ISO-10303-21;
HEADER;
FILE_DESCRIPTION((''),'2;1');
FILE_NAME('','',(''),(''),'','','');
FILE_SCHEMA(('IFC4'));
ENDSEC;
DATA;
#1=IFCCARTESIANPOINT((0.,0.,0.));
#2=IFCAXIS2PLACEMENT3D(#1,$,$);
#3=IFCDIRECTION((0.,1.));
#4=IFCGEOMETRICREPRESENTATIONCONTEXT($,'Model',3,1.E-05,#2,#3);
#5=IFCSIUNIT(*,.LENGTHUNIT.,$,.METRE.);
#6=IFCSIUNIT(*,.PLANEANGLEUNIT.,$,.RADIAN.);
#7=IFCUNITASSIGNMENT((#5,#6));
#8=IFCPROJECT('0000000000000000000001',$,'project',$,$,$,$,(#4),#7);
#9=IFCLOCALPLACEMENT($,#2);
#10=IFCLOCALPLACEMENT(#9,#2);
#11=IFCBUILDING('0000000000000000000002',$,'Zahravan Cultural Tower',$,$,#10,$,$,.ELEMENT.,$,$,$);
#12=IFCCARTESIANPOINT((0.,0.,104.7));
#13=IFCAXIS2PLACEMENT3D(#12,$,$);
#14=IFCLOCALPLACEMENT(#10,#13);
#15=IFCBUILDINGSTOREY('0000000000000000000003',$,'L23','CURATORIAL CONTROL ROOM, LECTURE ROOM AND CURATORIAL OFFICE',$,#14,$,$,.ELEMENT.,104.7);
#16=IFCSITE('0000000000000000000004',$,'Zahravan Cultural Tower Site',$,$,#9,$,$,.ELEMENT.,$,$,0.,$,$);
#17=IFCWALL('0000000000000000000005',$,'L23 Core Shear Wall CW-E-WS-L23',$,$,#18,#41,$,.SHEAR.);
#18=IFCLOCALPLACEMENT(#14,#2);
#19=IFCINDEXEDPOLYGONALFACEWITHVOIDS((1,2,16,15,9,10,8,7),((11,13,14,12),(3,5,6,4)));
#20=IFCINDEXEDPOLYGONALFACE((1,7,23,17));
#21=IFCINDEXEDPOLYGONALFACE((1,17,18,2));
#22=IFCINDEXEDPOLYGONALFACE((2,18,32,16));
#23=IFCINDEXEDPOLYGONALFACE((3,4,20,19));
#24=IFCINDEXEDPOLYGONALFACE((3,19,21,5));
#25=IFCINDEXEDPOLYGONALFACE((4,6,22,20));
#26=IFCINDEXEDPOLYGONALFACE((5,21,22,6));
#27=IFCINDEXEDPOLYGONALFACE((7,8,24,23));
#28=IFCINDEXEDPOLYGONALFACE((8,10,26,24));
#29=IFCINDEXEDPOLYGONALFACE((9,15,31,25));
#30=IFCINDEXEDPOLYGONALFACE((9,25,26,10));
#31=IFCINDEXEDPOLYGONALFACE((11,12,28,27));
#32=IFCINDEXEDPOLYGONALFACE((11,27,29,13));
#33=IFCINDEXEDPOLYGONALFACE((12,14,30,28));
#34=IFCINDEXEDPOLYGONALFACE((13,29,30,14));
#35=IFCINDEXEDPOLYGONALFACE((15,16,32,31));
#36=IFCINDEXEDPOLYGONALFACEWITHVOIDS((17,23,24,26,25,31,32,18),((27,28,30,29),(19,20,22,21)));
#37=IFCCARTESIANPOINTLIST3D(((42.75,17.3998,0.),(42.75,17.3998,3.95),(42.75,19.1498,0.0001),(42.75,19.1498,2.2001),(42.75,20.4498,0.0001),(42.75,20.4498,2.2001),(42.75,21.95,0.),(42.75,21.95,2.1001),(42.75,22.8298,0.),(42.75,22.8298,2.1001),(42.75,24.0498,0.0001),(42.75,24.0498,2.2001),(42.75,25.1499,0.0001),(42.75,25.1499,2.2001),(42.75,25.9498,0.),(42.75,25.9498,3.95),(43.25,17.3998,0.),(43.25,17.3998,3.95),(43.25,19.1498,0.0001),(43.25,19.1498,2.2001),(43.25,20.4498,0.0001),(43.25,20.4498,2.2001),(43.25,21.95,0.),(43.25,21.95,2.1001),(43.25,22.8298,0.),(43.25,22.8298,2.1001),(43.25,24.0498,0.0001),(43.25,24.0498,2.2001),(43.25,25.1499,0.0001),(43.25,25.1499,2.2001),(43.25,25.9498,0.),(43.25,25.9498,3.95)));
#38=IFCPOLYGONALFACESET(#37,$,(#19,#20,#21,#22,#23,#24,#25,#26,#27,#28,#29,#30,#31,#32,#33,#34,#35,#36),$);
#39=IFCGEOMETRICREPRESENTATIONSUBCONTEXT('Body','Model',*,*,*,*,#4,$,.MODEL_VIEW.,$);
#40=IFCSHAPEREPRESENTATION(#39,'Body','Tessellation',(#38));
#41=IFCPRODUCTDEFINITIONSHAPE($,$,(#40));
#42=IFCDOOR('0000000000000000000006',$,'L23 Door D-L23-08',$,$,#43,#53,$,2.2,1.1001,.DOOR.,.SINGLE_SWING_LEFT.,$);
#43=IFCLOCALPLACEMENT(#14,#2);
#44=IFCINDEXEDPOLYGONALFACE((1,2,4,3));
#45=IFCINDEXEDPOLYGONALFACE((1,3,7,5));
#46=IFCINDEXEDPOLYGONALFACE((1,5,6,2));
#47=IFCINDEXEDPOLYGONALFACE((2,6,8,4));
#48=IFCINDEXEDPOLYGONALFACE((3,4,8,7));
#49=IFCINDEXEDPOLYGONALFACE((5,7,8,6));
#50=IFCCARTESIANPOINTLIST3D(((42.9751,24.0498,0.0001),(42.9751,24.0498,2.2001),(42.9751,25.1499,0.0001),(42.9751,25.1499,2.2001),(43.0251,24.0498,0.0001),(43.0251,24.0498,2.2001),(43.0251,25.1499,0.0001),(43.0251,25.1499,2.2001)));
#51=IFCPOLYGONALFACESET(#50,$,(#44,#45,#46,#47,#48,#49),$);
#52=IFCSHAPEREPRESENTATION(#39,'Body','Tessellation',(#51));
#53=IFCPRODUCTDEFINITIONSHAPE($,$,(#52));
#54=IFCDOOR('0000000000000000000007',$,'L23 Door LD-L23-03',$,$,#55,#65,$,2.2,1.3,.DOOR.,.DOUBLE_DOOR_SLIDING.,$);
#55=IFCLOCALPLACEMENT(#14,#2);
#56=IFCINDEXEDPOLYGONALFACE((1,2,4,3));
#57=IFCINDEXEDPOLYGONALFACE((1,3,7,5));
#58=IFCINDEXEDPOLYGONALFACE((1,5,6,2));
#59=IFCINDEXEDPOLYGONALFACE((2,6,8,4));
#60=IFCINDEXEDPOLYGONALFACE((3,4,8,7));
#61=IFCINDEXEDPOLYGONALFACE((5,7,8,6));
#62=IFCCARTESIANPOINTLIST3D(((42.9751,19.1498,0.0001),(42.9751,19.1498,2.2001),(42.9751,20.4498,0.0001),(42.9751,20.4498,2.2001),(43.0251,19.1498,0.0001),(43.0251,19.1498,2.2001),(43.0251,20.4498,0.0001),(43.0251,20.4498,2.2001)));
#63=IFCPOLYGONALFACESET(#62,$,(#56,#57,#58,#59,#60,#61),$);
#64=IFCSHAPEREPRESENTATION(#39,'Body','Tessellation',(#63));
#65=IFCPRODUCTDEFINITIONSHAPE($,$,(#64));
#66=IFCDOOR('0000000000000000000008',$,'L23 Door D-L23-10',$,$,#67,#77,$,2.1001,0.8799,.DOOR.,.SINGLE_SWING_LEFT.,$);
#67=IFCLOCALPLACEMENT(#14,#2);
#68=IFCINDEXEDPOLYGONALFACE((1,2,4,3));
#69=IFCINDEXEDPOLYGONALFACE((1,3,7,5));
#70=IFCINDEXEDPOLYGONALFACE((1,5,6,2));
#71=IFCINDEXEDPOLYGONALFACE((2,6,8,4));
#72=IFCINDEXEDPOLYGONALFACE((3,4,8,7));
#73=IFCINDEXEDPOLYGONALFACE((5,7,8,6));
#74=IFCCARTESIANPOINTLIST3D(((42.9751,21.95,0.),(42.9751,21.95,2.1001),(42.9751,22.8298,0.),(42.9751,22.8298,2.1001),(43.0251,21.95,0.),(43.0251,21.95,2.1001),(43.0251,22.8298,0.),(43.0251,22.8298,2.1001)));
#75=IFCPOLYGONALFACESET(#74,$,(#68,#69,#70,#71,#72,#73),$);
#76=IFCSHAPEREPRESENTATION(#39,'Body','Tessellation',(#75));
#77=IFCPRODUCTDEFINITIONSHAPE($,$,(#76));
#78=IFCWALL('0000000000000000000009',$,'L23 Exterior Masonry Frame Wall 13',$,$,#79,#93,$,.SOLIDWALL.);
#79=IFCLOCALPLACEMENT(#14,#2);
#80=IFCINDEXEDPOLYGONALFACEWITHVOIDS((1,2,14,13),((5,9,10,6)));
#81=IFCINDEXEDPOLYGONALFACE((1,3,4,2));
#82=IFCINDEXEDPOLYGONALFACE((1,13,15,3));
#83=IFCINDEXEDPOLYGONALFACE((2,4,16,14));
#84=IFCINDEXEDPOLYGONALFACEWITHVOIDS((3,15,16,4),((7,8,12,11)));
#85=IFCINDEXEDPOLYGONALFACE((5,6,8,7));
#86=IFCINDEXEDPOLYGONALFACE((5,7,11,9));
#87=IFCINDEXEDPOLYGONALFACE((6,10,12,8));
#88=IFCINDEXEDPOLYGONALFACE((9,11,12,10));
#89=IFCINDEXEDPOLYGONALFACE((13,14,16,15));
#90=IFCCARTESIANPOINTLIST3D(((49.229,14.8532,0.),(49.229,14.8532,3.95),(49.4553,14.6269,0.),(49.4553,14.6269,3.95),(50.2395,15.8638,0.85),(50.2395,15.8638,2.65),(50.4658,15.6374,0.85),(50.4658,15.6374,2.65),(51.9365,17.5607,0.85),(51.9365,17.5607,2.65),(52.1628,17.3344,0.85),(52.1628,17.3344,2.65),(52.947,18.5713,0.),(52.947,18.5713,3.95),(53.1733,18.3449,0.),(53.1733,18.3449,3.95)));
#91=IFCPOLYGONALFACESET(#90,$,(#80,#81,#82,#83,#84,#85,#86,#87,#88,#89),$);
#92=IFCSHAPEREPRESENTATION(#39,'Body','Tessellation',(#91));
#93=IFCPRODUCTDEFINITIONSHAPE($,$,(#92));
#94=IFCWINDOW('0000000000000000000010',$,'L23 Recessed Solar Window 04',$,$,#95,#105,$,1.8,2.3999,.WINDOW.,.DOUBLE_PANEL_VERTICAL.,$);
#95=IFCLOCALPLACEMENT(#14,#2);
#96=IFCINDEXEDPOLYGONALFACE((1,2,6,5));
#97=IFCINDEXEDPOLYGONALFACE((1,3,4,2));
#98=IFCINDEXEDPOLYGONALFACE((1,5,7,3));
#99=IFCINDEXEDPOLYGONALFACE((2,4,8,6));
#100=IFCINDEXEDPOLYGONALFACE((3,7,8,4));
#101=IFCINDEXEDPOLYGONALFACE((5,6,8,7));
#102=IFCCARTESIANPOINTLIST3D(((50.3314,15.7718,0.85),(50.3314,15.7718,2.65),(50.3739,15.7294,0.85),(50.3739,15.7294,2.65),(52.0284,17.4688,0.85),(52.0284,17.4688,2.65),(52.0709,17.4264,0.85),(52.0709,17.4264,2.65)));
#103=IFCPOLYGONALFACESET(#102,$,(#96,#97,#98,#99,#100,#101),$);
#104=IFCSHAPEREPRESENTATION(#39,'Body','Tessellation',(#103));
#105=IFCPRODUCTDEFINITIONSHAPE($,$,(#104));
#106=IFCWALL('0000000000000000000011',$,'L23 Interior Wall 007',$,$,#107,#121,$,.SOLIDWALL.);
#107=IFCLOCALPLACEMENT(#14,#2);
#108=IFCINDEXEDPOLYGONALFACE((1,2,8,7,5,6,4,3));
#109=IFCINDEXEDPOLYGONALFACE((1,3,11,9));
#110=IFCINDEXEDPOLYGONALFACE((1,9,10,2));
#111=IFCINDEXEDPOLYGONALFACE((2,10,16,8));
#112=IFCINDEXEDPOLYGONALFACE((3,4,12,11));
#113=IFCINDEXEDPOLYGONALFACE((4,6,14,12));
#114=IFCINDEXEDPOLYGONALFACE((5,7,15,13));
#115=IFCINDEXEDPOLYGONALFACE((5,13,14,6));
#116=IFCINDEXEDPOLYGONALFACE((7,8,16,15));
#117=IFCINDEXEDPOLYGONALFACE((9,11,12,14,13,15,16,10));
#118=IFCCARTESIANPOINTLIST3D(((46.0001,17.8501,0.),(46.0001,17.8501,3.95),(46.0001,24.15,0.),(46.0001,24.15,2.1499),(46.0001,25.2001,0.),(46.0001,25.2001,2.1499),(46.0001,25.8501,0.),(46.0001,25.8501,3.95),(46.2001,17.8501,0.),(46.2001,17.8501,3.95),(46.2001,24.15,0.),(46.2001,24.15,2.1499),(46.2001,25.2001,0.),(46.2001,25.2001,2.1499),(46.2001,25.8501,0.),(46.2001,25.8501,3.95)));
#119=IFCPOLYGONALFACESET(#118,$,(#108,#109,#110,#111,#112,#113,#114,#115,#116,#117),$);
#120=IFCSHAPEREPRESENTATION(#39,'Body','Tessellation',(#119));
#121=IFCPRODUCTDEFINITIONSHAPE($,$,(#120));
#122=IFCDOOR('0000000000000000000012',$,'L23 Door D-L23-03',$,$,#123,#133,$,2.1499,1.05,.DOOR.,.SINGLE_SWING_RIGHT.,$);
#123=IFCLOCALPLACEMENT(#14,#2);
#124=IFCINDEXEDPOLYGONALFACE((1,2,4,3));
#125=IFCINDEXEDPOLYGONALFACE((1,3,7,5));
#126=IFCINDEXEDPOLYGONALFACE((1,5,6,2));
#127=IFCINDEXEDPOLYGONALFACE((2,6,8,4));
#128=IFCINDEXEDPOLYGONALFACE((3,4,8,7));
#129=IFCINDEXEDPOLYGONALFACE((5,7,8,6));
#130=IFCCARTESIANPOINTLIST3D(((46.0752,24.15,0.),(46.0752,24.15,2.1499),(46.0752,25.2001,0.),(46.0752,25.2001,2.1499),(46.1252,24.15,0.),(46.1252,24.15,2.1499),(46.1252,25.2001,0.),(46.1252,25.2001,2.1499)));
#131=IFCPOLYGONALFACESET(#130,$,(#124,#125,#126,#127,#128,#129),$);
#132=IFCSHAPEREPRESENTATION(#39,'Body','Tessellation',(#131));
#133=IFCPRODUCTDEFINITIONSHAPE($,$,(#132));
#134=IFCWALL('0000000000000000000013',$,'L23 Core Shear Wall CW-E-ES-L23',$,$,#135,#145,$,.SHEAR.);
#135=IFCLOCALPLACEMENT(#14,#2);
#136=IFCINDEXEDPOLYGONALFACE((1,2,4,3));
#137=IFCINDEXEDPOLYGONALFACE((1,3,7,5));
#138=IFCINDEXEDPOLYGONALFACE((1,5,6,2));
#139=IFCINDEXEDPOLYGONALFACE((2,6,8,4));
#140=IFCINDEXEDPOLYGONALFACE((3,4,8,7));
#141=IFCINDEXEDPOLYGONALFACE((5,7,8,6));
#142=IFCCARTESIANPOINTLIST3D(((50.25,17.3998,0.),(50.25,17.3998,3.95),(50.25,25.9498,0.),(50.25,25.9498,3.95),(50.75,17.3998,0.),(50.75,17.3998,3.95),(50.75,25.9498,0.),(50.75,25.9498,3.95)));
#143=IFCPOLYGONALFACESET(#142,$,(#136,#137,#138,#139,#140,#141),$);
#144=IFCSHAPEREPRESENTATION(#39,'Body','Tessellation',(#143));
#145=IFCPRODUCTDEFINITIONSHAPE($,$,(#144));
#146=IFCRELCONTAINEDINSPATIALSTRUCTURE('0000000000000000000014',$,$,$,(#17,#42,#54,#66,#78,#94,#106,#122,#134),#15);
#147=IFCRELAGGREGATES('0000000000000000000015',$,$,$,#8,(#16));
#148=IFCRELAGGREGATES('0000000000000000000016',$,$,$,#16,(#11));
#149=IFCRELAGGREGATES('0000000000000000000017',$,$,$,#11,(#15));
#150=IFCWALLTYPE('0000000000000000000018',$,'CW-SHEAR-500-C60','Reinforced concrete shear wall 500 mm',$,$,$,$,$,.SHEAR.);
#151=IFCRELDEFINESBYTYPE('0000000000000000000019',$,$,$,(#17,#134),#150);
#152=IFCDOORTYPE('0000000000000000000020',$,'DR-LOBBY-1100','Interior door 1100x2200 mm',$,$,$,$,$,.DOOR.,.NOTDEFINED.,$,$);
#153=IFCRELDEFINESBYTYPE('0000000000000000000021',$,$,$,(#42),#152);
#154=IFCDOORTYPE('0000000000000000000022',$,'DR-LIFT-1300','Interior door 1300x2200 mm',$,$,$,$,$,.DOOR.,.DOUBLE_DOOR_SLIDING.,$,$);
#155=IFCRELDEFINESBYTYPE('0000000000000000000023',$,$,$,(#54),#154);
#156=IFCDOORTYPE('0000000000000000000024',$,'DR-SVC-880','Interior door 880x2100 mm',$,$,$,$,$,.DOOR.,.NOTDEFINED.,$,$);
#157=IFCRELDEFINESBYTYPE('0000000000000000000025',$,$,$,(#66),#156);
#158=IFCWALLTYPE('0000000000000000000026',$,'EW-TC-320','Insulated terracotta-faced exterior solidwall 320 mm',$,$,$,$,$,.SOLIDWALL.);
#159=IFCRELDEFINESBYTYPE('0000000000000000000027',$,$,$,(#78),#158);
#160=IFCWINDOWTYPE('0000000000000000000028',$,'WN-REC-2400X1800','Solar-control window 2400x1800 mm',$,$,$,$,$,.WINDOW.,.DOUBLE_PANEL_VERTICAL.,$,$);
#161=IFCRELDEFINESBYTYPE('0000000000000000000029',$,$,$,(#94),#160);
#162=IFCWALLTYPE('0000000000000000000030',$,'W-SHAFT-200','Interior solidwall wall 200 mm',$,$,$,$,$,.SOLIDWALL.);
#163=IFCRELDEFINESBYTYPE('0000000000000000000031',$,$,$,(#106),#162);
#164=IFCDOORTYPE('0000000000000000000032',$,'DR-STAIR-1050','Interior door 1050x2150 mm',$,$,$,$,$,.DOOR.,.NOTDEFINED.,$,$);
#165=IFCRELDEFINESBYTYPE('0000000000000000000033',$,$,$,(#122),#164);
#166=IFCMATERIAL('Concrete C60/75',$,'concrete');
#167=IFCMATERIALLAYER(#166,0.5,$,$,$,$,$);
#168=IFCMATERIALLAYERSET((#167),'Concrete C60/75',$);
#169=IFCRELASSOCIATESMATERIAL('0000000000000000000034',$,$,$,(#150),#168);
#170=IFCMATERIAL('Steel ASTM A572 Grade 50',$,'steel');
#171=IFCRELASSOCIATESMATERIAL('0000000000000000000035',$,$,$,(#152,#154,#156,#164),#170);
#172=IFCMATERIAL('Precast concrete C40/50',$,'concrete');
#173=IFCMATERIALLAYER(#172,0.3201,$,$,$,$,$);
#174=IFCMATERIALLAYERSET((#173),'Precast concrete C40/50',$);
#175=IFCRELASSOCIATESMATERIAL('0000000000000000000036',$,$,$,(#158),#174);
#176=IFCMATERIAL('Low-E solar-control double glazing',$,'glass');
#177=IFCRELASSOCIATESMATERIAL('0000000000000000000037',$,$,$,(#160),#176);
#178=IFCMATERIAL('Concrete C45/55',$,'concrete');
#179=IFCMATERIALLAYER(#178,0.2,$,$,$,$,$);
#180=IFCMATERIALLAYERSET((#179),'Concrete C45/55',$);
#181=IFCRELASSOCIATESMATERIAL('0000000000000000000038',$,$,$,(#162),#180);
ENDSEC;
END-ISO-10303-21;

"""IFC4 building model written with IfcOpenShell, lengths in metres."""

from ifc_helpers import new_model, si_unit, direction, frame, frame_2d, origin, place, context, subcontext, project, spatial, rectangle, extrude, source, transform, mapped, material, layer, layer_set, type_object, element, fill, save


model = new_model("IFC4")

# Units and contexts
model_context = context("Model", 3, precision=1e-05, world=origin(), true_north=direction((0.0, 1.0)))
body_context = subcontext(model_context, "Body", "Model", "MODEL_VIEW")
ifc_project = project(units=[si_unit("LENGTHUNIT", "METRE"), si_unit("PLANEANGLEUNIT", "RADIAN")], contexts=[model_context])

# Site, building, storey
site_placement = place(None, origin())
site = spatial("IfcSite", under=ifc_project, at=site_placement, Name="Zahravan Cultural Tower Site", CompositionType="ELEMENT", RefElevation=0.0)
building_placement = place(site_placement, origin())
building = spatial("IfcBuilding", under=site, at=building_placement, Name="Zahravan Cultural Tower", CompositionType="ELEMENT")
storey_placement = place(building_placement, frame((0.0, 0.0, 104.7)))
storey = spatial("IfcBuildingStorey", under=building, at=storey_placement, Name="L23", Description="CURATORIAL CONTROL ROOM, LECTURE ROOM AND CURATORIAL OFFICE", CompositionType="ELEMENT", Elevation=104.7)

# Shared definitions
ifc_material_1 = material(Name="Concrete C60/75", Category="concrete")

# Wall, openings, doors
ifc_layer_1 = layer(ifc_material_1, 0.5)
ifc_layer_set_1 = layer_set([ifc_layer_1], Name="Concrete C60/75")
wall_type_1 = type_object("IfcWallType", Name="CW-SHEAR-500-C60", Description="Reinforced concrete shear wall 500 mm", PredefinedType="SHEAR", material=ifc_layer_set_1)
wall_1_placement = place(storey_placement, frame((43.0, 17.3999, 0.0), z_axis=(0.0, 0.0, 1.0), x_axis=(0.0, 1.0, 0.0)))
wall_1 = element("IfcWall", 1, at=wall_1_placement, inside=storey, type_object=wall_type_1, Name="L23 Core Shear Wall CW-E-WS-L23", PredefinedType="SHEAR", context=body_context, shape_type="SweptSolid", body=[
    extrude(rectangle(XDim=8.55, YDim=0.5, at=frame_2d((4.2749, 0.0))), origin(), (0.0, 0.0, 1.0), 3.95),
])
opening_1_placement = place(wall_1_placement, frame((6.6499, 0.0, 0.0)))
opening_1 = element("IfcOpeningElement", 2, at=opening_1_placement, cuts=wall_1, PredefinedType="OPENING", context=body_context, shape_type="SweptSolid", body=[
    extrude(rectangle(XDim=1.1001, YDim=2.2, at=frame_2d((0.55, 1.1001))), frame((0.0, 0.26, 0.0), z_axis=(0.0, -1.0, 0.0), x_axis=(1.0, 0.0, 0.0)), (0.0, 0.0, 1.0), 0.52),
])
opening_2_placement = place(wall_1_placement, frame((1.75, 0.0, 0.0)))
opening_2 = element("IfcOpeningElement", 3, at=opening_2_placement, cuts=wall_1, PredefinedType="OPENING", context=body_context, shape_type="SweptSolid", body=[
    extrude(rectangle(XDim=1.3, YDim=2.2, at=frame_2d((0.6499, 1.1001))), frame((0.0, 0.26, 0.0), z_axis=(0.0, -1.0, 0.0), x_axis=(1.0, 0.0, 0.0)), (0.0, 0.0, 1.0), 0.52),
])
opening_3_placement = place(wall_1_placement, frame((4.55, 0.0, 0.0)))
opening_3 = element("IfcOpeningElement", 4, at=opening_3_placement, cuts=wall_1, PredefinedType="OPENING", context=body_context, shape_type="SweptSolid", body=[
    extrude(rectangle(XDim=0.8799, YDim=2.1001, at=frame_2d((0.4399, 1.05))), frame((0.0, 0.26, 0.0), z_axis=(0.0, -1.0, 0.0), x_axis=(1.0, 0.0, 0.0)), (0.0, 0.0, 1.0), 0.52),
])
ifc_material_2 = material(Name="Steel ASTM A572 Grade 50", Category="steel")
door_type_1 = type_object("IfcDoorType", Name="DR-LOBBY-1100", Description="Interior door 1100x2200 mm", OperationType="NOTDEFINED", PredefinedType="DOOR", material=ifc_material_2)
shared_shape_1 = source(origin(), body_context, "Body", "SweptSolid", [
    extrude(rectangle(XDim=1.1001, YDim=2.2, at=frame_2d((0.55, 1.1001))), frame((0.0, 0.0249, 0.0), z_axis=(0.0, -1.0, 0.0), x_axis=(1.0, 0.0, 0.0)), (0.0, 0.0, 1.0), 0.05),
])
door_1_placement = place(opening_1_placement, origin())
door_1 = element("IfcDoor", 5, at=door_1_placement, inside=storey, type_object=door_type_1, Name="L23 Door D-L23-08", OperationType="SINGLE_SWING_LEFT", OverallHeight=2.2, OverallWidth=1.1001, PredefinedType="DOOR", context=body_context, shape_type="MappedRepresentation", body=[
    mapped(shared_shape_1, transform((0.0, 0.0, 0.0), x_axis=(1.0, 0.0, 0.0), y_axis=(0.0, 1.0, 0.0), z_axis=(0.0, 0.0, 1.0), scale=1.0)),
])
fill(opening_1, door_1)
door_type_2 = type_object("IfcDoorType", Name="DR-LIFT-1300", Description="Interior door 1300x2200 mm", OperationType="DOUBLE_DOOR_SLIDING", PredefinedType="DOOR", material=ifc_material_2)
shared_shape_2 = source(origin(), body_context, "Body", "SweptSolid", [
    extrude(rectangle(XDim=1.3, YDim=2.2, at=frame_2d((0.6499, 1.1001))), frame((0.0, 0.0249, 0.0), z_axis=(0.0, -1.0, 0.0), x_axis=(1.0, 0.0, 0.0)), (0.0, 0.0, 1.0), 0.05),
])
door_2_placement = place(opening_2_placement, origin())
door_2 = element("IfcDoor", 6, at=door_2_placement, inside=storey, type_object=door_type_2, Name="L23 Door LD-L23-03", OperationType="DOUBLE_DOOR_SLIDING", OverallHeight=2.2, OverallWidth=1.3, PredefinedType="DOOR", context=body_context, shape_type="MappedRepresentation", body=[
    mapped(shared_shape_2, transform((0.0, 0.0, 0.0), x_axis=(1.0, 0.0, 0.0), y_axis=(0.0, 1.0, 0.0), z_axis=(0.0, 0.0, 1.0), scale=1.0)),
])
fill(opening_2, door_2)
door_type_3 = type_object("IfcDoorType", Name="DR-SVC-880", Description="Interior door 880x2100 mm", OperationType="NOTDEFINED", PredefinedType="DOOR", material=ifc_material_2)
shared_shape_3 = source(origin(), body_context, "Body", "SweptSolid", [
    extrude(rectangle(XDim=0.8799, YDim=2.1001, at=frame_2d((0.4399, 1.05))), frame((0.0, 0.0249, 0.0), z_axis=(0.0, -1.0, 0.0), x_axis=(1.0, 0.0, 0.0)), (0.0, 0.0, 1.0), 0.05),
])
door_3_placement = place(opening_3_placement, origin())
door_3 = element("IfcDoor", 7, at=door_3_placement, inside=storey, type_object=door_type_3, Name="L23 Door D-L23-10", OperationType="SINGLE_SWING_LEFT", OverallHeight=2.1001, OverallWidth=0.8799, PredefinedType="DOOR", context=body_context, shape_type="MappedRepresentation", body=[
    mapped(shared_shape_3, transform((0.0, 0.0, 0.0), x_axis=(1.0, 0.0, 0.0), y_axis=(0.0, 1.0, 0.0), z_axis=(0.0, 0.0, 1.0), scale=1.0)),
])
fill(opening_3, door_3)

# Wall, opening, window
ifc_material_3 = material(Name="Precast concrete C40/50", Category="concrete")
ifc_layer_2 = layer(ifc_material_3, 0.3201)
ifc_layer_set_2 = layer_set([ifc_layer_2], Name="Precast concrete C40/50")
wall_type_2 = type_object("IfcWallType", Name="EW-TC-320", Description="Insulated terracotta-faced exterior solidwall 320 mm", PredefinedType="SOLIDWALL", material=ifc_layer_set_2)
wall_2_placement = place(storey_placement, frame((53.0601, 18.458, 0.0), z_axis=(0.0, 0.0, 1.0), x_axis=(-0.707107, -0.707107, 0.0)))
wall_2 = element("IfcWall", 8, at=wall_2_placement, inside=storey, type_object=wall_type_2, Name="L23 Exterior Masonry Frame Wall 13", PredefinedType="SOLIDWALL", context=body_context, shape_type="SweptSolid", body=[
    extrude(rectangle(XDim=5.2581, YDim=0.3201, at=frame_2d((2.6289, 0.0))), origin(), (0.0, 0.0, 1.0), 3.95),
])
opening_4_placement = place(wall_2_placement, frame((1.429, 0.0, 0.8501)))
opening_4 = element("IfcOpeningElement", 9, at=opening_4_placement, cuts=wall_2, PredefinedType="OPENING", context=body_context, shape_type="SweptSolid", body=[
    extrude(rectangle(XDim=2.3999, YDim=1.8, at=frame_2d((1.2, 0.8999))), frame((0.0, 0.1699, 0.0), z_axis=(0.0, -1.0, 0.0), x_axis=(1.0, 0.0, 0.0)), (0.0, 0.0, 1.0), 0.3401),
])
ifc_material_4 = material(Name="Low-E solar-control double glazing", Category="glass")
window_type = type_object("IfcWindowType", Name="WN-REC-2400X1800", Description="Solar-control window 2400x1800 mm", PartitioningType="DOUBLE_PANEL_VERTICAL", PredefinedType="WINDOW", material=ifc_material_4)
shared_shape_4 = source(origin(), body_context, "Body", "SweptSolid", [
    extrude(rectangle(XDim=2.3999, YDim=1.8, at=frame_2d((1.2, 0.8999))), frame((0.0, 0.03, 0.0), z_axis=(0.0, -1.0, 0.0), x_axis=(1.0, 0.0, 0.0)), (0.0, 0.0, 1.0), 0.0601),
])
window_placement = place(opening_4_placement, origin())
window = element("IfcWindow", 10, at=window_placement, inside=storey, type_object=window_type, Name="L23 Recessed Solar Window 04", OverallHeight=1.8, OverallWidth=2.3999, PartitioningType="DOUBLE_PANEL_VERTICAL", PredefinedType="WINDOW", context=body_context, shape_type="MappedRepresentation", body=[
    mapped(shared_shape_4, transform((0.0, 0.0, 0.0), x_axis=(1.0, 0.0, 0.0), y_axis=(0.0, 1.0, 0.0), z_axis=(0.0, 0.0, 1.0), scale=1.0)),
])
fill(opening_4, window)

# Wall, opening, door
shared_shape_5 = source(origin(), body_context, "Body", "SweptSolid", [
    extrude(rectangle(XDim=1.05, YDim=2.1499, at=frame_2d((0.5249, 1.075))), frame((0.0, 0.0249, 0.0), z_axis=(0.0, -1.0, 0.0), x_axis=(1.0, 0.0, 0.0)), (0.0, 0.0, 1.0), 0.05),
])
ifc_material_5 = material(Name="Concrete C45/55", Category="concrete")
ifc_layer_3 = layer(ifc_material_5, 0.2)
ifc_layer_set_3 = layer_set([ifc_layer_3], Name="Concrete C45/55")
wall_type_3 = type_object("IfcWallType", Name="W-SHAFT-200", Description="Interior solidwall wall 200 mm", PredefinedType="SOLIDWALL", material=ifc_layer_set_3)
wall_3_placement = place(storey_placement, frame((46.1001, 17.8501, 0.0), z_axis=(0.0, 0.0, 1.0), x_axis=(0.0, 1.0, 0.0)))
wall_3 = element("IfcWall", 11, at=wall_3_placement, inside=storey, type_object=wall_type_3, Name="L23 Interior Wall 007", PredefinedType="SOLIDWALL", context=body_context, shape_type="SweptSolid", body=[
    extrude(rectangle(XDim=8.0, YDim=0.2, at=frame_2d((4.0, 0.0))), origin(), (0.0, 0.0, 1.0), 3.95),
])
opening_5_placement = place(wall_3_placement, frame((6.3, 0.0, 0.0)))
opening_5 = element("IfcOpeningElement", 12, at=opening_5_placement, cuts=wall_3, PredefinedType="OPENING", context=body_context, shape_type="SweptSolid", body=[
    extrude(rectangle(XDim=1.05, YDim=2.1499, at=frame_2d((0.5249, 1.075))), frame((0.0, 0.1099, 0.0), z_axis=(0.0, -1.0, 0.0), x_axis=(1.0, 0.0, 0.0)), (0.0, 0.0, 1.0), 0.22),
])
door_type_4 = type_object("IfcDoorType", Name="DR-STAIR-1050", Description="Interior door 1050x2150 mm", OperationType="NOTDEFINED", PredefinedType="DOOR", material=ifc_material_2)
door_4_placement = place(opening_5_placement, origin())
door_4 = element("IfcDoor", 13, at=door_4_placement, inside=storey, type_object=door_type_4, Name="L23 Door D-L23-03", OperationType="SINGLE_SWING_RIGHT", OverallHeight=2.1499, OverallWidth=1.05, PredefinedType="DOOR", context=body_context, shape_type="MappedRepresentation", body=[
    mapped(shared_shape_5, transform((0.0, 0.0, 0.0), x_axis=(1.0, 0.0, 0.0), y_axis=(0.0, 1.0, 0.0), z_axis=(0.0, 0.0, 1.0), scale=1.0)),
])
fill(opening_5, door_4)

# Wall
shared_shape_6 = source(origin(), body_context, "Body", "SweptSolid", [
    extrude(rectangle(XDim=8.55, YDim=0.5, at=frame_2d((4.2749, 0.0))), origin(), (0.0, 0.0, 1.0), 3.95),
])
wall_4_placement = place(storey_placement, frame((50.5, 17.3999, 0.0), z_axis=(0.0, 0.0, 1.0), x_axis=(0.0, 1.0, 0.0)))
element("IfcWall", 14, at=wall_4_placement, inside=storey, type_object=wall_type_1, Name="L23 Core Shear Wall CW-E-ES-L23", PredefinedType="SHEAR", context=body_context, shape_type="MappedRepresentation", body=[
    mapped(shared_shape_6, transform((0.0, 0.0, 0.0), x_axis=(1.0, 0.0, 0.0), y_axis=(0.0, 1.0, 0.0), z_axis=(0.0, 0.0, 1.0), scale=1.0)),
])

save(model, "model.ifc")
